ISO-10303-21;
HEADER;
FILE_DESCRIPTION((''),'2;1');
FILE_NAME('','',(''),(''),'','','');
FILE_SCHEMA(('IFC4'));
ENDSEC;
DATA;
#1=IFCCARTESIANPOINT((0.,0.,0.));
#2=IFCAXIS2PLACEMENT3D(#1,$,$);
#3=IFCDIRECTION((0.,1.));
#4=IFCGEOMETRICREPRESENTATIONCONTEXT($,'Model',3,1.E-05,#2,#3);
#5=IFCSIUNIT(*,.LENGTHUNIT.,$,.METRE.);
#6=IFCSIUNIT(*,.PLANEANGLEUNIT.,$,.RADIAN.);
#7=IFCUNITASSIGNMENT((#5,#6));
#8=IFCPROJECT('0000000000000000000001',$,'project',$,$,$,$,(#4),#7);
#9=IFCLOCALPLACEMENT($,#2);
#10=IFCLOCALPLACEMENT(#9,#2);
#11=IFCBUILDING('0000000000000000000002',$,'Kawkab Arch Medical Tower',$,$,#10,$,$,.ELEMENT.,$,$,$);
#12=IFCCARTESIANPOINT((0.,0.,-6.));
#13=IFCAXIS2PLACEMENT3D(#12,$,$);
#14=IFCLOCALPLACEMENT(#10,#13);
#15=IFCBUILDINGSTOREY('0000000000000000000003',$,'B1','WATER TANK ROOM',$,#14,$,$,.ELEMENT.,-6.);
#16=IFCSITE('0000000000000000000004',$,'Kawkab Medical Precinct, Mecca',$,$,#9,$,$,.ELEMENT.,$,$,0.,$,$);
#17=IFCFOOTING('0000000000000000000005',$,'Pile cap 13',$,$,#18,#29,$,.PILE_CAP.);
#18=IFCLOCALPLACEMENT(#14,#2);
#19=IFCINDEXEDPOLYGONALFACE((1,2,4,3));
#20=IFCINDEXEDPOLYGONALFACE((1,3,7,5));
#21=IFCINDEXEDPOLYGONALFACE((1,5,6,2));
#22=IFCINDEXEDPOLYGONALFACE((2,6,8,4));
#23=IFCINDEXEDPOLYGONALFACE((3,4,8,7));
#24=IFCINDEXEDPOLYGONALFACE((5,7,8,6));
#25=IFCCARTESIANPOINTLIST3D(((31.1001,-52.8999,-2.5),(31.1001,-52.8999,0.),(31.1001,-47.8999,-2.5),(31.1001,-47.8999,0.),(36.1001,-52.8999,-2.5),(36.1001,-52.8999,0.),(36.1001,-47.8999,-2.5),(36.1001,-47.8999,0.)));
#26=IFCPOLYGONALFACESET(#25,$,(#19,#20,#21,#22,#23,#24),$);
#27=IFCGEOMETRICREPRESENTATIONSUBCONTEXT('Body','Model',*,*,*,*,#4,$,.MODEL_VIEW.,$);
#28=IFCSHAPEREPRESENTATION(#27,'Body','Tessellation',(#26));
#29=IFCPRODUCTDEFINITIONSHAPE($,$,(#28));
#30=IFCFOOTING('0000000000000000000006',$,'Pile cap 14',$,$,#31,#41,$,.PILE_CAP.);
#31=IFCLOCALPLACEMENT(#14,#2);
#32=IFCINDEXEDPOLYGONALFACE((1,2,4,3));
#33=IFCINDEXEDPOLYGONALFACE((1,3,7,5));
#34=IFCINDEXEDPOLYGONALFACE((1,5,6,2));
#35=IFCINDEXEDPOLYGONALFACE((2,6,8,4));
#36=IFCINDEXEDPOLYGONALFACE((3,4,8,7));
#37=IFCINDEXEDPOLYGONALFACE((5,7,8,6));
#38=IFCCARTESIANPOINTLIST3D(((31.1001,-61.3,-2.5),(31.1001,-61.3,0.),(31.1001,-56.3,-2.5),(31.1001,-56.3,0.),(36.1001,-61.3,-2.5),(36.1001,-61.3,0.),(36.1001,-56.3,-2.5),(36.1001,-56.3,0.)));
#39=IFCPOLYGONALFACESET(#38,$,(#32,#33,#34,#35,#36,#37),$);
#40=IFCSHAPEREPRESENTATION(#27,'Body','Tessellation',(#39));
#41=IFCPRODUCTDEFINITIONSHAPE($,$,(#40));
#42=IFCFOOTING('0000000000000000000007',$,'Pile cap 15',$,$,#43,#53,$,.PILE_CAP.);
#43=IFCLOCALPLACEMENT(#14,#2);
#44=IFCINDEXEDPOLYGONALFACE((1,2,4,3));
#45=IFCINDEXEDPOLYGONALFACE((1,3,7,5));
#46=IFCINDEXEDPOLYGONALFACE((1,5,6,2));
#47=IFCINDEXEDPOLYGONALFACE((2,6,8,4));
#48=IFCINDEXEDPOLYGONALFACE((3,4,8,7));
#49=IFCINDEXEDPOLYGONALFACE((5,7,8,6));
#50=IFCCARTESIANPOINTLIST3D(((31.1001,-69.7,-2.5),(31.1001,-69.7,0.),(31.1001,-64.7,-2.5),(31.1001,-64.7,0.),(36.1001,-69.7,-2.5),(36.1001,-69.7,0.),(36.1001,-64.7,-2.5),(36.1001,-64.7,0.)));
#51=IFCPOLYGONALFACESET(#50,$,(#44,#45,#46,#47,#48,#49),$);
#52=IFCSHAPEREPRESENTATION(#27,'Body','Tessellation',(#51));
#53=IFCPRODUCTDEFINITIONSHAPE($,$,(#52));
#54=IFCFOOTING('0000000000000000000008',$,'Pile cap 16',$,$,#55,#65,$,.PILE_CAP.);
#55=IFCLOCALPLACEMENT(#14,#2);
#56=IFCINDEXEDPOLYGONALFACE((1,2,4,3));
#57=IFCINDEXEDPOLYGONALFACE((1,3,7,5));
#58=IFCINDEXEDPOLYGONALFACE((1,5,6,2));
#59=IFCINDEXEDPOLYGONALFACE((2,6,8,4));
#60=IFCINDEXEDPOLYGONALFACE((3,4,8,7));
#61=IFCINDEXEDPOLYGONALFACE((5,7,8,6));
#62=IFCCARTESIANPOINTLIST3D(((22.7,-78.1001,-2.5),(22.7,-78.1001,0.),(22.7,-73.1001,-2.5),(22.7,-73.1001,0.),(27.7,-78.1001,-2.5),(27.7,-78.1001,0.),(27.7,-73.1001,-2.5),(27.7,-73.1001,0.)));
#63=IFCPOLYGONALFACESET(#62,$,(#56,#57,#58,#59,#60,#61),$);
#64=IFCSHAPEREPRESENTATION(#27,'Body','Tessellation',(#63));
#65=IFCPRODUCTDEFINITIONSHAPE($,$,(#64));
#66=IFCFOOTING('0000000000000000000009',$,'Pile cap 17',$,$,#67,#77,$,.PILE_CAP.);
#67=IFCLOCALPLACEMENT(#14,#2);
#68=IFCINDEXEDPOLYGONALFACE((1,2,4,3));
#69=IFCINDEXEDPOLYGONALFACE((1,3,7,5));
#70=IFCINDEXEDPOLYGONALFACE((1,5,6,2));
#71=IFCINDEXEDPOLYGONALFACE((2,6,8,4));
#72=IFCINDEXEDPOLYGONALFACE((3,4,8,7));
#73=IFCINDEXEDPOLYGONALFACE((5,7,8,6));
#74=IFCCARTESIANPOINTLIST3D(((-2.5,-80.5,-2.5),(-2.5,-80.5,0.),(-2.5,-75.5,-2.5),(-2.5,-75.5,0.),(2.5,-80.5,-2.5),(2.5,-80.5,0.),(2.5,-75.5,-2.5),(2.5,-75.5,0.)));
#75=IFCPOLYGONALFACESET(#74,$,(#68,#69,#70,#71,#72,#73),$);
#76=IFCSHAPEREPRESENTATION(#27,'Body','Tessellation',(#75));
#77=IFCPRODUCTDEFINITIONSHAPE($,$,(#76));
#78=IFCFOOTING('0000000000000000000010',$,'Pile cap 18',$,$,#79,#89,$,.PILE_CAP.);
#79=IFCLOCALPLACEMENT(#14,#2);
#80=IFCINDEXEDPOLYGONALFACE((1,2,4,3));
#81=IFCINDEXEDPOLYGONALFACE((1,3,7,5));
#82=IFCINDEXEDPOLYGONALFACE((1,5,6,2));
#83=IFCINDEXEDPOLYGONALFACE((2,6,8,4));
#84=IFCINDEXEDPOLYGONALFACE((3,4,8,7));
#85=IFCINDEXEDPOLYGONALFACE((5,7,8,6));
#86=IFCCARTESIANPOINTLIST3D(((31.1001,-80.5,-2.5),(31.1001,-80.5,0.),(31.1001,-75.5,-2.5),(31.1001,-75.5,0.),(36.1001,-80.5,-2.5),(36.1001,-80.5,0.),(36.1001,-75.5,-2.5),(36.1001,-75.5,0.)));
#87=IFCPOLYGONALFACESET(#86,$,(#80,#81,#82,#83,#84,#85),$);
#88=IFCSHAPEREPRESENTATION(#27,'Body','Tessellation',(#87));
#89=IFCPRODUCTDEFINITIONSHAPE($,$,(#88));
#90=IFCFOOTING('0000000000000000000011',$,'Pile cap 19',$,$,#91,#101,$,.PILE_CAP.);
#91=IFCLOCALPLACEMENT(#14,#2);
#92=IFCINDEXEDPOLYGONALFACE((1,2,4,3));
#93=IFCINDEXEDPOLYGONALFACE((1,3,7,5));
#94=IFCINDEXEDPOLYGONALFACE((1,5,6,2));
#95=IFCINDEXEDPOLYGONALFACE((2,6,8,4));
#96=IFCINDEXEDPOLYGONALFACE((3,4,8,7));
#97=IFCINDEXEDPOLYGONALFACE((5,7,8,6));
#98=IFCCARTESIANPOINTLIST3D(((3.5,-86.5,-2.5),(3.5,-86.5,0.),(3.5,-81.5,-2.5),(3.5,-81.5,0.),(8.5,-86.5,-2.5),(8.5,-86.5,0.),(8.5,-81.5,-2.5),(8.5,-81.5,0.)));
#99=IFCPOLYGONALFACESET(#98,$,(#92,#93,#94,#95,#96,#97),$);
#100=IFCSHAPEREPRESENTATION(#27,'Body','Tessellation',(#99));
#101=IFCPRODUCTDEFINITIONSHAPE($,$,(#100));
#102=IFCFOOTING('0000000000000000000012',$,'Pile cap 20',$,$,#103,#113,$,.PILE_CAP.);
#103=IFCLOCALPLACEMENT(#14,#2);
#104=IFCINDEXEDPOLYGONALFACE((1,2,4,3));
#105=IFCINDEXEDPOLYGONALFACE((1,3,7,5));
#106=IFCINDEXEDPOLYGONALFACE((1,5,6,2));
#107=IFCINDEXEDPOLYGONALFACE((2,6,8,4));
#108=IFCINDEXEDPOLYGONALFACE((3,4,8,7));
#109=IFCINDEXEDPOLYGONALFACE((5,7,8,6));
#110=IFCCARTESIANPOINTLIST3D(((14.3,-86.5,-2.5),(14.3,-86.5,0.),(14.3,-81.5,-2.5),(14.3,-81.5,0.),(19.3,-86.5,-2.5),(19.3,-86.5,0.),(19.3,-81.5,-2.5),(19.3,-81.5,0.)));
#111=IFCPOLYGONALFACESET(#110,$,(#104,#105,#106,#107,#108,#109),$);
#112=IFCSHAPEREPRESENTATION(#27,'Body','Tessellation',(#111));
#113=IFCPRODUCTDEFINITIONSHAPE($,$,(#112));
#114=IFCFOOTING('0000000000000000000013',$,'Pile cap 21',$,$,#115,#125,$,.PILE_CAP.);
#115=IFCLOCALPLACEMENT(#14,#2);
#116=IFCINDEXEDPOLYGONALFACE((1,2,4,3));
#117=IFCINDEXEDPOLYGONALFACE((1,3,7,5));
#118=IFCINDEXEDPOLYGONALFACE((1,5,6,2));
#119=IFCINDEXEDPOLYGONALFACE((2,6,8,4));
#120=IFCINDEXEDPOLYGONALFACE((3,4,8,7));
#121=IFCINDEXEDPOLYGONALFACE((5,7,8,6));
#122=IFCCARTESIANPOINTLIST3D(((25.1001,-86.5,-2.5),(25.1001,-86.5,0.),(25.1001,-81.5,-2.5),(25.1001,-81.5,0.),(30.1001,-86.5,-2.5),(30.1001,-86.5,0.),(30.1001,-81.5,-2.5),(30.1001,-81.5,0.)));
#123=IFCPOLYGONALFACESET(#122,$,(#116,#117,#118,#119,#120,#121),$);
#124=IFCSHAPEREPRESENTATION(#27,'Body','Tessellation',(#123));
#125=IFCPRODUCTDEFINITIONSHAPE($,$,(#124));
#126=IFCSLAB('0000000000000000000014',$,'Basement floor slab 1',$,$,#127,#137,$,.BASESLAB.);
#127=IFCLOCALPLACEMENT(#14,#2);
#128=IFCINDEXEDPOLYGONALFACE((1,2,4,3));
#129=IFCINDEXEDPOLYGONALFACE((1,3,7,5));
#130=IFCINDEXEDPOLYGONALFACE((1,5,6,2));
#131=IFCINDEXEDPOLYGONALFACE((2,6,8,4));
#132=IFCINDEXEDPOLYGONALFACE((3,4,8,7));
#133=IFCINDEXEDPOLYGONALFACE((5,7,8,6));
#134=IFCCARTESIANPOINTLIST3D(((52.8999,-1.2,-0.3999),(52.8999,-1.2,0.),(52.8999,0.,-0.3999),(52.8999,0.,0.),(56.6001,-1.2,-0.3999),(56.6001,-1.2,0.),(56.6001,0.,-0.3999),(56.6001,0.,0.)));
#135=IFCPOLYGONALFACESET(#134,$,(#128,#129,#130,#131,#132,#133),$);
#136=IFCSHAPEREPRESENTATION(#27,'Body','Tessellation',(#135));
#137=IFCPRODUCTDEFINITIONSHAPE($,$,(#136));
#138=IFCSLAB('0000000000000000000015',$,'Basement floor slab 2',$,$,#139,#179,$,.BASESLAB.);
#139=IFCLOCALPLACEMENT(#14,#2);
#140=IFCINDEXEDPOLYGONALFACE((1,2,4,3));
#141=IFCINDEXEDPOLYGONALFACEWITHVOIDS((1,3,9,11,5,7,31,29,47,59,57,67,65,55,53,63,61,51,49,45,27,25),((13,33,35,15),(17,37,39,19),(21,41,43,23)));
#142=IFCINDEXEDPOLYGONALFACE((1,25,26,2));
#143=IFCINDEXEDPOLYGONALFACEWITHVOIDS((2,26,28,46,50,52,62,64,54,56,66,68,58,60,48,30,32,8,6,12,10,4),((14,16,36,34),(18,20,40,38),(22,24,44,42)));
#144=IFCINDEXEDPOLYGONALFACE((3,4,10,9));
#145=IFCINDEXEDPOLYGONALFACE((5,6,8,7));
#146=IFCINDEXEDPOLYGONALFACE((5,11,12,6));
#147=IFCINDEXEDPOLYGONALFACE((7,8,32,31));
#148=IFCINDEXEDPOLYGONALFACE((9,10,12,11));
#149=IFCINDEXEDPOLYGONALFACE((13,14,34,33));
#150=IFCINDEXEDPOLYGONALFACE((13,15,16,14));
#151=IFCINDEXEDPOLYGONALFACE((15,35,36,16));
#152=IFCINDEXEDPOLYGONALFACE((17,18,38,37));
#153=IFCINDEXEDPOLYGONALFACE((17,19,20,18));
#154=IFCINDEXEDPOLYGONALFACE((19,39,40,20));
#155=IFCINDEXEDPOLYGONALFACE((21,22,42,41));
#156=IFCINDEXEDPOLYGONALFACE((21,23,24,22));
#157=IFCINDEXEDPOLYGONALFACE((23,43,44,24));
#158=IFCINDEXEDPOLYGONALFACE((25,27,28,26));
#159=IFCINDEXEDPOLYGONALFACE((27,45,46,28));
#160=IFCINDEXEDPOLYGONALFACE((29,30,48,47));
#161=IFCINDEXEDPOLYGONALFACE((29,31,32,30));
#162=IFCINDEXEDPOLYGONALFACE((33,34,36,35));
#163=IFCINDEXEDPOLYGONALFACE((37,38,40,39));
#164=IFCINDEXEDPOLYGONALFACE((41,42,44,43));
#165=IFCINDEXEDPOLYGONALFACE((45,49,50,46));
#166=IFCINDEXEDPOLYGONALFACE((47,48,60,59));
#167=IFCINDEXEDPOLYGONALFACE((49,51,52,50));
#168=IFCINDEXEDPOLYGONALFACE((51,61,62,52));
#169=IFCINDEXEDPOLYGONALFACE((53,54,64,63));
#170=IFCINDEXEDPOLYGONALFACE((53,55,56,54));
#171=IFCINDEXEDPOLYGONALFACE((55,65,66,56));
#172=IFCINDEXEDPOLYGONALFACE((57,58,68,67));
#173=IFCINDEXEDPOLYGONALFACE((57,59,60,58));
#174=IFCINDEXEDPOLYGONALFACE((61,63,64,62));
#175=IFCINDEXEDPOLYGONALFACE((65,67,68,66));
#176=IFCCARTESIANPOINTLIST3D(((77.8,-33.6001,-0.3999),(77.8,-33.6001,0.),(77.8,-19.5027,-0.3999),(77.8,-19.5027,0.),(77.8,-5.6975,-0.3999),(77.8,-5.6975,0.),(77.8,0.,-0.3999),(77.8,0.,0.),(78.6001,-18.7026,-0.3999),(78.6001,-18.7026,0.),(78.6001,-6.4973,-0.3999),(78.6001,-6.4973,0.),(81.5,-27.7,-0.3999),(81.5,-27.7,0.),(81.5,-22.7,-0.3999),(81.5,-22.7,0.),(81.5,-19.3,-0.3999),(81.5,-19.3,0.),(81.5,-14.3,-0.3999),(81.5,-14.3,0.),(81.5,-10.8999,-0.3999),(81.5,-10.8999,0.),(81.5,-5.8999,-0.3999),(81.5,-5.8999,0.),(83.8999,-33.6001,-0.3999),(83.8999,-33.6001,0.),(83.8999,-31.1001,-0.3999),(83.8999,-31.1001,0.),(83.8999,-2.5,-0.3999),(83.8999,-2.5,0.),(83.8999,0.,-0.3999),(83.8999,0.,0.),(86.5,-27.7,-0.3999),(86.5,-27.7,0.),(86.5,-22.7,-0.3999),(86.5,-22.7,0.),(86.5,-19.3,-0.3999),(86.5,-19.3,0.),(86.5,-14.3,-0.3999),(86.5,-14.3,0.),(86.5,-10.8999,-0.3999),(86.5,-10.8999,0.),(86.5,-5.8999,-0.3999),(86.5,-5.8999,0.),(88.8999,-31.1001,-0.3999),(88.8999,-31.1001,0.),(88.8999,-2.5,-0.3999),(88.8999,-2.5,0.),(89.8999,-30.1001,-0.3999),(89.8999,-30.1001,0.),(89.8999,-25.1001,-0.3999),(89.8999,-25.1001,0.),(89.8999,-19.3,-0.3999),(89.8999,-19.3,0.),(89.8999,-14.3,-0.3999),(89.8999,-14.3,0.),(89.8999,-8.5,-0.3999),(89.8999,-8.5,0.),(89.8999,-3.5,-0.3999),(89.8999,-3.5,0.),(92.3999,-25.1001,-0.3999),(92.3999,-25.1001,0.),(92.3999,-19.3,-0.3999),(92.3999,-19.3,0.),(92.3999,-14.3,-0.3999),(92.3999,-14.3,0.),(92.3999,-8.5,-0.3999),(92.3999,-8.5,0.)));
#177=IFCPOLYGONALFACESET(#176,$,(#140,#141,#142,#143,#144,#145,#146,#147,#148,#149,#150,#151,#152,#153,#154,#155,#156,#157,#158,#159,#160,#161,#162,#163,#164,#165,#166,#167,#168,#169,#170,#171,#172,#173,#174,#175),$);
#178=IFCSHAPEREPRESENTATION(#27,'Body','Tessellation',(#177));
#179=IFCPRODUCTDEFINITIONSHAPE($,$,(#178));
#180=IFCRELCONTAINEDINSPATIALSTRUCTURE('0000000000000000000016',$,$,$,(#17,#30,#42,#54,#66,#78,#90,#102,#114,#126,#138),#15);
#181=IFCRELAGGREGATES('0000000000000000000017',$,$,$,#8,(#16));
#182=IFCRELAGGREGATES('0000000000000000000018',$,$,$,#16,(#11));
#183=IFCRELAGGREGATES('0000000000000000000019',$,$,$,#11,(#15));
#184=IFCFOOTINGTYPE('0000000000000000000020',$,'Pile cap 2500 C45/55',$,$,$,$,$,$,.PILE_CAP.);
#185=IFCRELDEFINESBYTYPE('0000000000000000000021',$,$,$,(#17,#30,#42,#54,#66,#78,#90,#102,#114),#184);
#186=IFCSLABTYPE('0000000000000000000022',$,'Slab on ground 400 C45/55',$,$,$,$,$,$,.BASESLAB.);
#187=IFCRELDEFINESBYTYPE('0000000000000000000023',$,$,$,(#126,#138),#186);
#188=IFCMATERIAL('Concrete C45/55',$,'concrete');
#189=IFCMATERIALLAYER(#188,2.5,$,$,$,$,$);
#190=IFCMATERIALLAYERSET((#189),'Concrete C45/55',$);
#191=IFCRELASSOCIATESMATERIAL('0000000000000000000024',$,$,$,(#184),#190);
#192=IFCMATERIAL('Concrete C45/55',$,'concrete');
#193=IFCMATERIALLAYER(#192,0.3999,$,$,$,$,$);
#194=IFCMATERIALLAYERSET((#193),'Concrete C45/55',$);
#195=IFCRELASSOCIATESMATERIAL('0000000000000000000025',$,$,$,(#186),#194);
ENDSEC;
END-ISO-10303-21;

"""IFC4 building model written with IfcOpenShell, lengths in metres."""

from ifc_helpers import new_model, si_unit, direction, frame, origin, place, context, subcontext, project, spatial, polyline, outline, extrude, material, layer, layer_set, type_object, element, save


model = new_model("IFC4")

# Units and contexts
model_context = context("Model", 3, precision=1e-05, world=origin(), true_north=direction((0.0, 1.0)))
body_context = subcontext(model_context, "Body", "Model", "MODEL_VIEW")
ifc_project = project(units=[si_unit("LENGTHUNIT", "METRE"), si_unit("PLANEANGLEUNIT", "RADIAN")], contexts=[model_context])

# Site, building, storey
site_placement = place(None, origin())
site = spatial("IfcSite", under=ifc_project, at=site_placement, Name="Kawkab Medical Precinct, Mecca", CompositionType="ELEMENT", RefElevation=0.0)
building_placement = place(site_placement, origin())
building = spatial("IfcBuilding", under=site, at=building_placement, Name="Kawkab Arch Medical Tower", CompositionType="ELEMENT")
storey_placement = place(building_placement, frame((0.0, 0.0, -6.0)))
storey = spatial("IfcBuildingStorey", under=building, at=storey_placement, Name="B1", Description="WATER TANK ROOM", CompositionType="ELEMENT", Elevation=-6.0)

# Footings
ifc_material_1 = material(Name="Concrete C45/55", Category="concrete")
ifc_layer_1 = layer(ifc_material_1, 2.5)
ifc_layer_set_1 = layer_set([ifc_layer_1], Name="Concrete C45/55")
footing_type = type_object("IfcFootingType", Name="Pile cap 2500 C45/55", PredefinedType="PILE_CAP", material=ifc_layer_set_1)
placement_1 = place(storey_placement, frame((0.0, 0.0, -2.5)))
element("IfcFooting", 1, at=placement_1, inside=storey, type_object=footing_type, Name="Pile cap 13", PredefinedType="PILE_CAP", context=body_context, shape_type="SweptSolid", body=[
    extrude(outline(polyline([(36.1001, -52.8999), (36.1001, -47.8999), (31.1001, -47.8999), (31.1001, -52.8999), (36.1001, -52.8999)])), origin(), (0.0, 0.0, 1.0), 2.5),
])
element("IfcFooting", 2, at=placement_1, inside=storey, type_object=footing_type, Name="Pile cap 14", PredefinedType="PILE_CAP", context=body_context, shape_type="SweptSolid", body=[
    extrude(outline(polyline([(36.1001, -61.3), (36.1001, -56.3), (31.1001, -56.3), (31.1001, -61.3), (36.1001, -61.3)])), origin(), (0.0, 0.0, 1.0), 2.5),
])
element("IfcFooting", 3, at=placement_1, inside=storey, type_object=footing_type, Name="Pile cap 15", PredefinedType="PILE_CAP", context=body_context, shape_type="SweptSolid", body=[
    extrude(outline(polyline([(36.1001, -69.7), (36.1001, -64.7), (31.1001, -64.7), (31.1001, -69.7), (36.1001, -69.7)])), origin(), (0.0, 0.0, 1.0), 2.5),
])
element("IfcFooting", 4, at=placement_1, inside=storey, type_object=footing_type, Name="Pile cap 16", PredefinedType="PILE_CAP", context=body_context, shape_type="SweptSolid", body=[
    extrude(outline(polyline([(27.7, -78.1001), (27.7, -73.1001), (22.7, -73.1001), (22.7, -78.1001), (27.7, -78.1001)])), origin(), (0.0, 0.0, 1.0), 2.5),
])
element("IfcFooting", 5, at=placement_1, inside=storey, type_object=footing_type, Name="Pile cap 17", PredefinedType="PILE_CAP", context=body_context, shape_type="SweptSolid", body=[
    extrude(outline(polyline([(2.5, -80.5), (2.5, -75.5), (-2.5, -75.5), (-2.5, -80.5), (2.5, -80.5)])), origin(), (0.0, 0.0, 1.0), 2.5),
])
element("IfcFooting", 6, at=placement_1, inside=storey, type_object=footing_type, Name="Pile cap 18", PredefinedType="PILE_CAP", context=body_context, shape_type="SweptSolid", body=[
    extrude(outline(polyline([(36.1001, -80.5), (36.1001, -75.5), (31.1001, -75.5), (31.1001, -80.5), (36.1001, -80.5)])), origin(), (0.0, 0.0, 1.0), 2.5),
])
element("IfcFooting", 7, at=placement_1, inside=storey, type_object=footing_type, Name="Pile cap 19", PredefinedType="PILE_CAP", context=body_context, shape_type="SweptSolid", body=[
    extrude(outline(polyline([(8.5, -86.5), (8.5, -81.5), (3.5, -81.5), (3.5, -86.5), (8.5, -86.5)])), origin(), (0.0, 0.0, 1.0), 2.5),
])
element("IfcFooting", 8, at=placement_1, inside=storey, type_object=footing_type, Name="Pile cap 20", PredefinedType="PILE_CAP", context=body_context, shape_type="SweptSolid", body=[
    extrude(outline(polyline([(19.3, -86.5), (19.3, -81.5), (14.3, -81.5), (14.3, -86.5), (19.3, -86.5)])), origin(), (0.0, 0.0, 1.0), 2.5),
])
element("IfcFooting", 9, at=placement_1, inside=storey, type_object=footing_type, Name="Pile cap 21", PredefinedType="PILE_CAP", context=body_context, shape_type="SweptSolid", body=[
    extrude(outline(polyline([(30.1001, -86.5), (30.1001, -81.5), (25.1001, -81.5), (25.1001, -86.5), (30.1001, -86.5)])), origin(), (0.0, 0.0, 1.0), 2.5),
])

# Slabs
ifc_material_2 = material(Name="Concrete C45/55", Category="concrete")
ifc_layer_2 = layer(ifc_material_2, 0.3999)
ifc_layer_set_2 = layer_set([ifc_layer_2], Name="Concrete C45/55")
slab_type = type_object("IfcSlabType", Name="Slab on ground 400 C45/55", PredefinedType="BASESLAB", material=ifc_layer_set_2)
placement_2 = place(storey_placement, frame((0.0, 0.0, -0.3999)))
element("IfcSlab", 10, at=placement_2, inside=storey, type_object=slab_type, Name="Basement floor slab 1", PredefinedType="BASESLAB", context=body_context, shape_type="SweptSolid", body=[
    extrude(outline(polyline([(56.6001, -1.2), (52.8999, -1.2), (52.8999, 0.0), (56.6001, 0.0), (56.6001, -1.2)])), origin(), (0.0, 0.0, 1.0), 0.3999),
])
element("IfcSlab", 11, at=placement_2, inside=storey, type_object=slab_type, Name="Basement floor slab 2", PredefinedType="BASESLAB", context=body_context, shape_type="SweptSolid", body=[
    extrude(outline(polyline([(89.8999, -25.1001), (89.8999, -30.1001), (88.8999, -31.1001), (83.8999, -31.1001), (83.8999, -33.6001), (77.8, -33.6001), (77.8, -19.5027), (78.6001, -18.7026), (78.6001, -6.4973), (77.8, -5.6975), (77.8, 0.0), (83.8999, 0.0), (83.8999, -2.5), (88.8999, -2.5), (89.8999, -3.5), (89.8999, -8.5), (92.3999, -8.5), (92.3999, -14.3), (89.8999, -14.3), (89.8999, -19.3), (92.3999, -19.3), (92.3999, -25.1001), (89.8999, -25.1001)]), holes=[polyline([(81.5, -10.8999), (86.5, -10.8999), (86.5, -5.8999), (81.5, -5.8999), (81.5, -10.8999)]), polyline([(81.5, -14.3), (81.5, -19.3), (86.5, -19.3), (86.5, -14.3), (81.5, -14.3)]), polyline([(86.5, -27.7), (86.5, -22.7), (81.5, -22.7), (81.5, -27.7), (86.5, -27.7)])]), origin(), (0.0, 0.0, 1.0), 0.3999),
])

save(model, "model.ifc")
